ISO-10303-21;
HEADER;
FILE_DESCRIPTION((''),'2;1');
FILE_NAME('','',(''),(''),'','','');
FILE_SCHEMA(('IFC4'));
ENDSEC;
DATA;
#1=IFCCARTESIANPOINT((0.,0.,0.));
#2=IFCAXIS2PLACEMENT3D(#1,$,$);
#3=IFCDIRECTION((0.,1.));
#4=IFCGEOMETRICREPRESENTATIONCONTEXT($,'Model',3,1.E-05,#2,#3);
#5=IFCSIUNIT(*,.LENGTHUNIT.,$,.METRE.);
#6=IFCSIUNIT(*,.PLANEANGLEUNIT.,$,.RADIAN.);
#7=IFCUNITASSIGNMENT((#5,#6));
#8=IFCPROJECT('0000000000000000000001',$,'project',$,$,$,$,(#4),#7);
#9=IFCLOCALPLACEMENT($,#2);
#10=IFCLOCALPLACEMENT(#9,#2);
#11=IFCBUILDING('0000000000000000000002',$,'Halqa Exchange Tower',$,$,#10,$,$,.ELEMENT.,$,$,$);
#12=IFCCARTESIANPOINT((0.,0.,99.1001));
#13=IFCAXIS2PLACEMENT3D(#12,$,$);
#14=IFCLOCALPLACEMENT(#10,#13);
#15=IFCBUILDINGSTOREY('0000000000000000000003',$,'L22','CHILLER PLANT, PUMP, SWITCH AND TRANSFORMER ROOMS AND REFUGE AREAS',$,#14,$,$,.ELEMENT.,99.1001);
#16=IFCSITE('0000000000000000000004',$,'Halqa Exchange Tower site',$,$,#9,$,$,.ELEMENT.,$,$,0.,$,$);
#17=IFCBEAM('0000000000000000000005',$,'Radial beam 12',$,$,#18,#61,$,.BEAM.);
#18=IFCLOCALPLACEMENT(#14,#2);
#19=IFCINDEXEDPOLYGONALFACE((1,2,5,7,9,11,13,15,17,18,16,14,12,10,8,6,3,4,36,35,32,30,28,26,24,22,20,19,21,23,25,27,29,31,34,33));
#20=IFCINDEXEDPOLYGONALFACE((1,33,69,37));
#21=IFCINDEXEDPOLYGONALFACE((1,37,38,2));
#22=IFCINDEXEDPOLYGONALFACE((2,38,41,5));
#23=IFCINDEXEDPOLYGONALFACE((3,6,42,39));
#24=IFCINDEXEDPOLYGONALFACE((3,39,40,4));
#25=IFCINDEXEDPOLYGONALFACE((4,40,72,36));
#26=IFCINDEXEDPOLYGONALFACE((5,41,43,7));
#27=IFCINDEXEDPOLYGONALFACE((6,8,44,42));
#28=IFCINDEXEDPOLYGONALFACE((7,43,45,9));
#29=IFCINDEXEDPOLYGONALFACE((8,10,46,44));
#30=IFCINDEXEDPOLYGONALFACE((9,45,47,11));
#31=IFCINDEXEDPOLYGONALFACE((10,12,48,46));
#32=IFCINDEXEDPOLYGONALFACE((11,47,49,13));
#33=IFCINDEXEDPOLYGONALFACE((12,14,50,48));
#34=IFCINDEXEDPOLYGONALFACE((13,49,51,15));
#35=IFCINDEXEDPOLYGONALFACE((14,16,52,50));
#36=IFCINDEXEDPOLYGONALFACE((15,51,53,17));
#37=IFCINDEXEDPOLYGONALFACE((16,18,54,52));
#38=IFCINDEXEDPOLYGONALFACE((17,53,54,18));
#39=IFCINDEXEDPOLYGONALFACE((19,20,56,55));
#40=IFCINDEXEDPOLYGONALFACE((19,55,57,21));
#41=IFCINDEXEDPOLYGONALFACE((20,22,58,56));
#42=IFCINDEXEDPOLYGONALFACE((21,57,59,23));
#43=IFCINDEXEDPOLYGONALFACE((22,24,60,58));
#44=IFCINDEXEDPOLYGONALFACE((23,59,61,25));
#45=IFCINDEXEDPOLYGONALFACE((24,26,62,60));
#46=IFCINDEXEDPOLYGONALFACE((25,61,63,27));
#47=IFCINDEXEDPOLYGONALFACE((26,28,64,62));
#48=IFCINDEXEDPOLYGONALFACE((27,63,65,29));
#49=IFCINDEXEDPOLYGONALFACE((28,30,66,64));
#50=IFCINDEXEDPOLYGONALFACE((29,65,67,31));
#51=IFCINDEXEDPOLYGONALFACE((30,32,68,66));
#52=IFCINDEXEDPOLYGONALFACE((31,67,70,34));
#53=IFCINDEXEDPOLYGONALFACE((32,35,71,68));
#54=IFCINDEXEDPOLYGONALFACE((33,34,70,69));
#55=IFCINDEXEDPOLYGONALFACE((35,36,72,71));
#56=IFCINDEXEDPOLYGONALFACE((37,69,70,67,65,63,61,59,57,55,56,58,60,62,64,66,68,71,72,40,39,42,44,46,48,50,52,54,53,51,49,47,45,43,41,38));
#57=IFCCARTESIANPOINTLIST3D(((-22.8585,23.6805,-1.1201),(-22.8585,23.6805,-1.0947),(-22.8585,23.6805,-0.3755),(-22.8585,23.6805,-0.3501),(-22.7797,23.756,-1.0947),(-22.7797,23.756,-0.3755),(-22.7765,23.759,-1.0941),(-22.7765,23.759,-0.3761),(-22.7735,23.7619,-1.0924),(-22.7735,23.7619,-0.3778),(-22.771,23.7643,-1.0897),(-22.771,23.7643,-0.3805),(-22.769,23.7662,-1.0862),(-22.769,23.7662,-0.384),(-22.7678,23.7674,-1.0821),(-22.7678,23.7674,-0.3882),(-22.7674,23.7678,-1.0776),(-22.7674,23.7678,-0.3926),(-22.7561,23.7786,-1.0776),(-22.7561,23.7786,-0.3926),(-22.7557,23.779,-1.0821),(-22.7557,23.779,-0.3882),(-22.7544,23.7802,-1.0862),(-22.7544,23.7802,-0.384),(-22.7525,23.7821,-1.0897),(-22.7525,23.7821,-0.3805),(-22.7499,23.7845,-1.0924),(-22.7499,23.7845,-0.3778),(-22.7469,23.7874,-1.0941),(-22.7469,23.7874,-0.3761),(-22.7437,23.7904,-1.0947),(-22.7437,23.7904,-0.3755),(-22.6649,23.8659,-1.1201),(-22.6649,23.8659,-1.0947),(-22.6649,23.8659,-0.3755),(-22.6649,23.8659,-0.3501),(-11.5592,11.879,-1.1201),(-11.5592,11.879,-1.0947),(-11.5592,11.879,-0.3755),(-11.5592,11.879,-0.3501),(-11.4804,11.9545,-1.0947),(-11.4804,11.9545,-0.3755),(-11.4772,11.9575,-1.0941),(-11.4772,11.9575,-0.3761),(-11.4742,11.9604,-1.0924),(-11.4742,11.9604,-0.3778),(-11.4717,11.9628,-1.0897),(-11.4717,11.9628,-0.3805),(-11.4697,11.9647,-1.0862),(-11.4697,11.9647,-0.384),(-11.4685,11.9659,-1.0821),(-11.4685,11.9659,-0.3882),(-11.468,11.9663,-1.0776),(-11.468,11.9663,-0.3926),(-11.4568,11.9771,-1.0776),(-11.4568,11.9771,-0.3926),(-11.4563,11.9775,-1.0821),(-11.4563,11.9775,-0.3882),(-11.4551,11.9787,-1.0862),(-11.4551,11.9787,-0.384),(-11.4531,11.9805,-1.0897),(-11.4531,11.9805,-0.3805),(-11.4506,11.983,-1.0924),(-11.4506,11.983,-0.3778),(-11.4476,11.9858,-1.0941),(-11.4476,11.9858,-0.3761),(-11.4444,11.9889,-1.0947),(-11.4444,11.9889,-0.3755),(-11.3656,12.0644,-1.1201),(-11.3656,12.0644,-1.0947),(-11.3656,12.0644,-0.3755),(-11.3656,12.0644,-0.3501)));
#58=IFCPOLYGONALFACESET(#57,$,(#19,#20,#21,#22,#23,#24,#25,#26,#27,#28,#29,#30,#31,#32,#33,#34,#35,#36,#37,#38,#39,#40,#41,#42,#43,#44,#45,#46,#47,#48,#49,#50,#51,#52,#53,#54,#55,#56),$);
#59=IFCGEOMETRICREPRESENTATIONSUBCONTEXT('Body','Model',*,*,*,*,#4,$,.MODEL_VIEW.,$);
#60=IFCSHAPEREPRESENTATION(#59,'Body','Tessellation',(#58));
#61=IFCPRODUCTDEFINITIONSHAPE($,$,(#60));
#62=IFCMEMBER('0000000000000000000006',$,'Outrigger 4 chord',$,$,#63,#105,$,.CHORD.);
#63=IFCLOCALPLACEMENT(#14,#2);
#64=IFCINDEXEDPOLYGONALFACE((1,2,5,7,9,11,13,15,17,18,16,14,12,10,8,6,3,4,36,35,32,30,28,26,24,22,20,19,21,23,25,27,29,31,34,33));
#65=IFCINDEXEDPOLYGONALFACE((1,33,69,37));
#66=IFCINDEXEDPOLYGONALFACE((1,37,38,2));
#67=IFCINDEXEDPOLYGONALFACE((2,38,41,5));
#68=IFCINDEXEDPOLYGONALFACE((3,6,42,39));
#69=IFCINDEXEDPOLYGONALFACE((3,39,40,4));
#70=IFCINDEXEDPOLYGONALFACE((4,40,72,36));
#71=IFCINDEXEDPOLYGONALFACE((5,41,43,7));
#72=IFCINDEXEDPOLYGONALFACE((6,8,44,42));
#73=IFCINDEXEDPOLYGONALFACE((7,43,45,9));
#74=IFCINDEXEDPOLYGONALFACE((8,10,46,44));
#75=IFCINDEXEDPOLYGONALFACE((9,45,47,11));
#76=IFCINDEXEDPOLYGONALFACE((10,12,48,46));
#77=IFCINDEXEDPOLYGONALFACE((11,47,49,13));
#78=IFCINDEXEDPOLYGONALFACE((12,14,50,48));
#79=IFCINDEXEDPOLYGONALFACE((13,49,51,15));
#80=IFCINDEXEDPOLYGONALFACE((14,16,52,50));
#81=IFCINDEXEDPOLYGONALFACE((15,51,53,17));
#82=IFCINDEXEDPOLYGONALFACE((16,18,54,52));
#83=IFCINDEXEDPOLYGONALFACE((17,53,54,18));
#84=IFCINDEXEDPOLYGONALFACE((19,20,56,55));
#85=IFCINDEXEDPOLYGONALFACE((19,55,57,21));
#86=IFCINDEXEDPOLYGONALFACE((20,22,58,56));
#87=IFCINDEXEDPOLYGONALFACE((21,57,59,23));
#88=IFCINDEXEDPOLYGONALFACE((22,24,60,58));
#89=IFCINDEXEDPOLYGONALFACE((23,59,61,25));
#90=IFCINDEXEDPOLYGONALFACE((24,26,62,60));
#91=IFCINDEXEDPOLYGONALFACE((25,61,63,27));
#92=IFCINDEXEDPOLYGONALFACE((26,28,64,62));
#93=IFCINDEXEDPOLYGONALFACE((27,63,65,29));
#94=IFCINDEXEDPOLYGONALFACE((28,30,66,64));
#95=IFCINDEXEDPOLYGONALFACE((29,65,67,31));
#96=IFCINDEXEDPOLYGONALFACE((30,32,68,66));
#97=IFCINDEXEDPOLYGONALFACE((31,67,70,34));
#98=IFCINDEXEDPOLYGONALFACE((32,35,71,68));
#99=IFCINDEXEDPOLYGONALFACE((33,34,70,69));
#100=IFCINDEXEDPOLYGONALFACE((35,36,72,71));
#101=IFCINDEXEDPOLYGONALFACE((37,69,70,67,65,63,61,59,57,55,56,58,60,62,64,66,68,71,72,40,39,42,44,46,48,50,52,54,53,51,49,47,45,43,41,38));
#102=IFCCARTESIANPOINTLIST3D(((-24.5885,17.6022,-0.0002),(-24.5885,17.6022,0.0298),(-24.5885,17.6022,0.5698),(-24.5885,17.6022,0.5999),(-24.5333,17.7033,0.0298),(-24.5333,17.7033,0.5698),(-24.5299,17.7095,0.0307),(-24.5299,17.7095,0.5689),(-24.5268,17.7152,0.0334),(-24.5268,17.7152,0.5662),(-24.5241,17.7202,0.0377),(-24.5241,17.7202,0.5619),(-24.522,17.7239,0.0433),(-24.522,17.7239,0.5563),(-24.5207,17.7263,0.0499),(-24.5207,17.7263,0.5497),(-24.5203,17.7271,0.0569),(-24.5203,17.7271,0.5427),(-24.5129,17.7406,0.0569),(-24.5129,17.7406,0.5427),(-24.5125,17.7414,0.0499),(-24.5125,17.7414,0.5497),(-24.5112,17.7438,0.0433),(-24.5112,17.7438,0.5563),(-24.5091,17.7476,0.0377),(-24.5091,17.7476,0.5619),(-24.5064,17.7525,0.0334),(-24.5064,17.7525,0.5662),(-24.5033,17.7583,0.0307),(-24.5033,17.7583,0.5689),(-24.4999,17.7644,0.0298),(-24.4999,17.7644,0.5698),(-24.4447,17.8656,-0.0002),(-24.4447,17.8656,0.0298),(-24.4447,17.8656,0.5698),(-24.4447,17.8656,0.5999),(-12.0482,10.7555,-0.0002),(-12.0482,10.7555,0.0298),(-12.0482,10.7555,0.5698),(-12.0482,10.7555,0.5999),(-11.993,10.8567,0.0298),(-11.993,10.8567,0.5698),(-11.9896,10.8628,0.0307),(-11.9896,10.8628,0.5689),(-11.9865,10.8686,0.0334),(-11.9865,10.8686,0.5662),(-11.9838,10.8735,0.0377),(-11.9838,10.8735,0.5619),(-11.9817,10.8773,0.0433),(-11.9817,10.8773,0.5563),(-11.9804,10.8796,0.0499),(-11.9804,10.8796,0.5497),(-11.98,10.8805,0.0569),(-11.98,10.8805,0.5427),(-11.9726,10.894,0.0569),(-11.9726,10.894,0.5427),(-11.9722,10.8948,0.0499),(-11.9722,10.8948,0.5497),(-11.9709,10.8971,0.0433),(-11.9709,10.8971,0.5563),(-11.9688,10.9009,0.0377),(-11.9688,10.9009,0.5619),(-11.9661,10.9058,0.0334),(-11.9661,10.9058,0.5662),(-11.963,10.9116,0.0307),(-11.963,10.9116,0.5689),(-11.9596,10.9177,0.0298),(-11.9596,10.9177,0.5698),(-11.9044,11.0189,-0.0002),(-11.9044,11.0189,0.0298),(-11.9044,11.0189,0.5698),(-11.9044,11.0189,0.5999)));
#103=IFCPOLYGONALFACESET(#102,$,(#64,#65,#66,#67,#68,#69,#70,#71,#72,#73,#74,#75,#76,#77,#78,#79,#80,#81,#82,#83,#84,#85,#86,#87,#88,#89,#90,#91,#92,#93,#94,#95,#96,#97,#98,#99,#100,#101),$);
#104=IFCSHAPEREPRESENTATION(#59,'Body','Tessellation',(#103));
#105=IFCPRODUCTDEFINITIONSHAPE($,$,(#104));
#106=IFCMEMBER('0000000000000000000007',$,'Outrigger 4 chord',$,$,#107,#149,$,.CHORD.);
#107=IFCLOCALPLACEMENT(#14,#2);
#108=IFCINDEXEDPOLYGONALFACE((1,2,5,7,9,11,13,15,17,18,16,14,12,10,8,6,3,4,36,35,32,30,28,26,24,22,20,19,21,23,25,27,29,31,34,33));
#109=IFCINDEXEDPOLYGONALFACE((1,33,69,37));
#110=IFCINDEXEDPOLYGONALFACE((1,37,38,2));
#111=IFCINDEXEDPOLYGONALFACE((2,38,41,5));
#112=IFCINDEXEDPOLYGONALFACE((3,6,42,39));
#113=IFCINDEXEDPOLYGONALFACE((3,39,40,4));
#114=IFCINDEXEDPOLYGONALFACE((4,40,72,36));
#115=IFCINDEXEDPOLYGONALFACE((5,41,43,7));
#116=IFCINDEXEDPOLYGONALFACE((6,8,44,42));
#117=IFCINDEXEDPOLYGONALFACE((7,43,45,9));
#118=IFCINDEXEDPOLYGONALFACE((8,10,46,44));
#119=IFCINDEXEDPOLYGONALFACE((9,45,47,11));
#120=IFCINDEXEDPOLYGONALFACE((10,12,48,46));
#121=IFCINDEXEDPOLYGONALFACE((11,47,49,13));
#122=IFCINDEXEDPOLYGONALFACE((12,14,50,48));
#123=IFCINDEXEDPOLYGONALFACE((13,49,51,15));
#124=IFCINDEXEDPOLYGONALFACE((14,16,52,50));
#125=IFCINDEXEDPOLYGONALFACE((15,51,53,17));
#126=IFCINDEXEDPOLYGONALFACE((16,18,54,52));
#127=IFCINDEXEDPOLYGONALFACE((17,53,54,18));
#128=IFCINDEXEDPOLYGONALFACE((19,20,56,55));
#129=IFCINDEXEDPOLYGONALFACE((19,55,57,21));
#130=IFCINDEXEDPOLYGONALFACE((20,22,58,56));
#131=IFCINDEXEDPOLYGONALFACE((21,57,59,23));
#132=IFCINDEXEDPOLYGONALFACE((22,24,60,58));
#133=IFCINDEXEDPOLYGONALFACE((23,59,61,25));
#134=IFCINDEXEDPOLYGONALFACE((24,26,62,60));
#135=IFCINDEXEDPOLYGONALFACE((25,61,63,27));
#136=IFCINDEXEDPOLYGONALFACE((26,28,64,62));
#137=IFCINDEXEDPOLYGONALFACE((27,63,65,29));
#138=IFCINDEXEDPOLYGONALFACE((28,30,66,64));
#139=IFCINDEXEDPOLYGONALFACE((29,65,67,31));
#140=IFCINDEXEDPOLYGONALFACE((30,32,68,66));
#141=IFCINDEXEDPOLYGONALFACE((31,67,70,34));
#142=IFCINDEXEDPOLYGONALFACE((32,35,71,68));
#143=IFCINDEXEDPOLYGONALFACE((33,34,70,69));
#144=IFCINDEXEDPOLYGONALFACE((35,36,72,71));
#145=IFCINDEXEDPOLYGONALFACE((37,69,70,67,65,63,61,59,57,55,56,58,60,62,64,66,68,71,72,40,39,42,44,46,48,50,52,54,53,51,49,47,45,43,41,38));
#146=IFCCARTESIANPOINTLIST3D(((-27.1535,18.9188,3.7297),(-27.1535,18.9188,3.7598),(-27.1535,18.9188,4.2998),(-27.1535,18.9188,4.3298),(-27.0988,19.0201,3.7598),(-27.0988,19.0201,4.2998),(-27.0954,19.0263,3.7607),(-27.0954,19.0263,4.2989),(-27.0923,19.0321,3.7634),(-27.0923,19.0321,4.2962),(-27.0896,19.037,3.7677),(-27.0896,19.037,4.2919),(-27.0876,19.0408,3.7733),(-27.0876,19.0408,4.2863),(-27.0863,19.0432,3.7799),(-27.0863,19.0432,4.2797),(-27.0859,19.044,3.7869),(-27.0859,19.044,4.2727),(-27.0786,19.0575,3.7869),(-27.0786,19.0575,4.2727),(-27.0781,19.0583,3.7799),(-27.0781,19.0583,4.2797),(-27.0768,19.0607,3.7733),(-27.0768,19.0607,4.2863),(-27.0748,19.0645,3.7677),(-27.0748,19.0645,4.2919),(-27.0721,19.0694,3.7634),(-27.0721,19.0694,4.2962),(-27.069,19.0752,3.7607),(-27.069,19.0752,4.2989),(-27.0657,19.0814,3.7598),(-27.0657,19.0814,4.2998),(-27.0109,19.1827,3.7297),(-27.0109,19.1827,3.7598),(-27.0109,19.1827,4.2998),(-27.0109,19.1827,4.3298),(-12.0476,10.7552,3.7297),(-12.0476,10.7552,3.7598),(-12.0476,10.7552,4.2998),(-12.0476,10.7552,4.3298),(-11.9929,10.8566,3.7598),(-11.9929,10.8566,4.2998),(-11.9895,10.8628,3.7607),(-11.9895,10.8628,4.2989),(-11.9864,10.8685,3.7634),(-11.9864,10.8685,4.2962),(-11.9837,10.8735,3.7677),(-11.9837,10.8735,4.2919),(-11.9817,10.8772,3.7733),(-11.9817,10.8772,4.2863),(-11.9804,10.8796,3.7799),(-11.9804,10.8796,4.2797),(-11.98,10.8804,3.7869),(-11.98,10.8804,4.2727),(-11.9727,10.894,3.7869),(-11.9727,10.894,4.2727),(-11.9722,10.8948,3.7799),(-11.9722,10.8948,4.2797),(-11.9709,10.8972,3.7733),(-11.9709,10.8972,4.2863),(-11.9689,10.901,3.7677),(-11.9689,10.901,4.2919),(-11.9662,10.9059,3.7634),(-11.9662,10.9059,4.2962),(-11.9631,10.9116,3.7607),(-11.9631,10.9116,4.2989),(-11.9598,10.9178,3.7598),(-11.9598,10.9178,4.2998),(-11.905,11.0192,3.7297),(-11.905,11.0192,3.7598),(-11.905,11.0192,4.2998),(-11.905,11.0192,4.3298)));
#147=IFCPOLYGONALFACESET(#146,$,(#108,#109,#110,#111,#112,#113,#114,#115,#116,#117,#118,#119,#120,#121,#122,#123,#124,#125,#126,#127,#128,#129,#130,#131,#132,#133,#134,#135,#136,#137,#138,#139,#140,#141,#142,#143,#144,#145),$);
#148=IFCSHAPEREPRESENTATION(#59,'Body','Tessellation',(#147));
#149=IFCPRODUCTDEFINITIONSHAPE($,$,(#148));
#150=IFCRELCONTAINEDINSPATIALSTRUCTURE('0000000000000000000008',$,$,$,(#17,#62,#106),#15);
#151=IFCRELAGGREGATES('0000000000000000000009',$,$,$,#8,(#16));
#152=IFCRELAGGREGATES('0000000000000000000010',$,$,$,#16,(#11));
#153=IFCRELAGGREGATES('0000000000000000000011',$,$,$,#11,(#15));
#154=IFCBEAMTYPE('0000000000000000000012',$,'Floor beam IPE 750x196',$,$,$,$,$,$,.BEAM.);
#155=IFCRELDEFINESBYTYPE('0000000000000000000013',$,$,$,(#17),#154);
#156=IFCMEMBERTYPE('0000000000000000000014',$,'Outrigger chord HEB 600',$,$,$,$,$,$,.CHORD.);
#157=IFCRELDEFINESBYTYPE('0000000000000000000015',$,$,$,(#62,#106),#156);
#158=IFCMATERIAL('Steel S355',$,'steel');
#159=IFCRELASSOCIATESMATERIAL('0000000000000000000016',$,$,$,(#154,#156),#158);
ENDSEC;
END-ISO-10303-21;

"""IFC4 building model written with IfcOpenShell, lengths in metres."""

from ifc_helpers import new_model, si_unit, direction, frame, origin, origin_2d, place, context, subcontext, project, spatial, i_section, extrude, material, material_profile, profile_set, type_object, element, save


model = new_model("IFC4")

# Units and contexts
model_context = context("Model", 3, precision=1e-05, world=origin(), true_north=direction((0.0, 1.0)))
body_context = subcontext(model_context, "Body", "Model", "MODEL_VIEW")
ifc_project = project(units=[si_unit("LENGTHUNIT", "METRE"), si_unit("PLANEANGLEUNIT", "RADIAN")], contexts=[model_context])

# Site, building, storey
site_placement = place(None, origin())
site = spatial("IfcSite", under=ifc_project, at=site_placement, Name="Halqa Exchange Tower site", CompositionType="ELEMENT", RefElevation=0.0)
building_placement = place(site_placement, origin())
building = spatial("IfcBuilding", under=site, at=building_placement, Name="Halqa Exchange Tower", CompositionType="ELEMENT")
storey_placement = place(building_placement, frame((0.0, 0.0, 99.1001)))
storey = spatial("IfcBuildingStorey", under=building, at=storey_placement, Name="L22", Description="CHILLER PLANT, PUMP, SWITCH AND TRANSFORMER ROOMS AND REFUGE AREAS", CompositionType="ELEMENT", Elevation=99.1001)

# Beam
ifc_material_1 = material(Name="Steel S355", Category="steel")
ifc_material_profile_1 = material_profile(ifc_material_1, i_section(OverallWidth=0.2681, OverallDepth=0.77, WebThickness=0.0156, FlangeThickness=0.0254, FilletRadius=0.0171, at=origin_2d()), Name="IPE 750x196")
ifc_profile_set_1 = profile_set([ifc_material_profile_1], Name="Steel S355")
beam_type_1 = type_object("IfcBeamType", Name="Floor beam IPE 750x196", PredefinedType="BEAM", material=ifc_profile_set_1)
beam_1_placement = place(storey_placement, frame((-11.4624, 11.9717, -0.7351), z_axis=(-0.691571, 0.722308, 0.0), x_axis=(-0.722308, -0.691571, 0.0)))
element("IfcBeam", 1, at=beam_1_placement, inside=storey, type_object=beam_type_1, Name="Radial beam 12", PredefinedType="BEAM", context=body_context, shape_type="SweptSolid", body=[
    extrude(i_section(OverallWidth=0.2681, OverallDepth=0.77, WebThickness=0.0156, FlangeThickness=0.0254, FilletRadius=0.0171, at=origin_2d()), origin(), (0.0, 0.0, 1.0), 16.3386),
])

# Members
ifc_material_profile_2 = material_profile(ifc_material_1, i_section(OverallWidth=0.3, OverallDepth=0.6001, WebThickness=0.0154, FlangeThickness=0.03, FilletRadius=0.0271, at=origin_2d()), Name="HEB 600")
ifc_profile_set_2 = profile_set([ifc_material_profile_2], Name="Steel S355")
member_type_1 = type_object("IfcMemberType", Name="Outrigger chord HEB 600", PredefinedType="CHORD", material=ifc_profile_set_2)
member_1_placement = place(storey_placement, frame((-11.9763, 10.8872, 0.2998), z_axis=(-0.877704, 0.479204, 0.0), x_axis=(-0.479204, -0.877704, 0.0)))
element("IfcMember", 2, at=member_1_placement, inside=storey, type_object=member_type_1, Name="Outrigger 4 chord", PredefinedType="CHORD", context=body_context, shape_type="SweptSolid", body=[
    extrude(i_section(OverallWidth=0.3, OverallDepth=0.6001, WebThickness=0.0154, FlangeThickness=0.03, FilletRadius=0.0271, at=origin_2d()), origin(), (0.0, 0.0, 1.0), 14.2876),
])
member_2_placement = place(storey_placement, frame((-11.9763, 10.8872, 4.0298), z_axis=(-0.879751, 0.475436, 0.0), x_axis=(-0.475436, -0.879751, 0.0)))
element("IfcMember", 3, at=member_2_placement, inside=storey, type_object=member_type_1, Name="Outrigger 4 chord", PredefinedType="CHORD", context=body_context, shape_type="SweptSolid", body=[
    extrude(i_section(OverallWidth=0.3, OverallDepth=0.6001, WebThickness=0.0154, FlangeThickness=0.03, FilletRadius=0.0271, at=origin_2d()), origin(), (0.0, 0.0, 1.0), 17.1707),
])

save(model, "model.ifc")
